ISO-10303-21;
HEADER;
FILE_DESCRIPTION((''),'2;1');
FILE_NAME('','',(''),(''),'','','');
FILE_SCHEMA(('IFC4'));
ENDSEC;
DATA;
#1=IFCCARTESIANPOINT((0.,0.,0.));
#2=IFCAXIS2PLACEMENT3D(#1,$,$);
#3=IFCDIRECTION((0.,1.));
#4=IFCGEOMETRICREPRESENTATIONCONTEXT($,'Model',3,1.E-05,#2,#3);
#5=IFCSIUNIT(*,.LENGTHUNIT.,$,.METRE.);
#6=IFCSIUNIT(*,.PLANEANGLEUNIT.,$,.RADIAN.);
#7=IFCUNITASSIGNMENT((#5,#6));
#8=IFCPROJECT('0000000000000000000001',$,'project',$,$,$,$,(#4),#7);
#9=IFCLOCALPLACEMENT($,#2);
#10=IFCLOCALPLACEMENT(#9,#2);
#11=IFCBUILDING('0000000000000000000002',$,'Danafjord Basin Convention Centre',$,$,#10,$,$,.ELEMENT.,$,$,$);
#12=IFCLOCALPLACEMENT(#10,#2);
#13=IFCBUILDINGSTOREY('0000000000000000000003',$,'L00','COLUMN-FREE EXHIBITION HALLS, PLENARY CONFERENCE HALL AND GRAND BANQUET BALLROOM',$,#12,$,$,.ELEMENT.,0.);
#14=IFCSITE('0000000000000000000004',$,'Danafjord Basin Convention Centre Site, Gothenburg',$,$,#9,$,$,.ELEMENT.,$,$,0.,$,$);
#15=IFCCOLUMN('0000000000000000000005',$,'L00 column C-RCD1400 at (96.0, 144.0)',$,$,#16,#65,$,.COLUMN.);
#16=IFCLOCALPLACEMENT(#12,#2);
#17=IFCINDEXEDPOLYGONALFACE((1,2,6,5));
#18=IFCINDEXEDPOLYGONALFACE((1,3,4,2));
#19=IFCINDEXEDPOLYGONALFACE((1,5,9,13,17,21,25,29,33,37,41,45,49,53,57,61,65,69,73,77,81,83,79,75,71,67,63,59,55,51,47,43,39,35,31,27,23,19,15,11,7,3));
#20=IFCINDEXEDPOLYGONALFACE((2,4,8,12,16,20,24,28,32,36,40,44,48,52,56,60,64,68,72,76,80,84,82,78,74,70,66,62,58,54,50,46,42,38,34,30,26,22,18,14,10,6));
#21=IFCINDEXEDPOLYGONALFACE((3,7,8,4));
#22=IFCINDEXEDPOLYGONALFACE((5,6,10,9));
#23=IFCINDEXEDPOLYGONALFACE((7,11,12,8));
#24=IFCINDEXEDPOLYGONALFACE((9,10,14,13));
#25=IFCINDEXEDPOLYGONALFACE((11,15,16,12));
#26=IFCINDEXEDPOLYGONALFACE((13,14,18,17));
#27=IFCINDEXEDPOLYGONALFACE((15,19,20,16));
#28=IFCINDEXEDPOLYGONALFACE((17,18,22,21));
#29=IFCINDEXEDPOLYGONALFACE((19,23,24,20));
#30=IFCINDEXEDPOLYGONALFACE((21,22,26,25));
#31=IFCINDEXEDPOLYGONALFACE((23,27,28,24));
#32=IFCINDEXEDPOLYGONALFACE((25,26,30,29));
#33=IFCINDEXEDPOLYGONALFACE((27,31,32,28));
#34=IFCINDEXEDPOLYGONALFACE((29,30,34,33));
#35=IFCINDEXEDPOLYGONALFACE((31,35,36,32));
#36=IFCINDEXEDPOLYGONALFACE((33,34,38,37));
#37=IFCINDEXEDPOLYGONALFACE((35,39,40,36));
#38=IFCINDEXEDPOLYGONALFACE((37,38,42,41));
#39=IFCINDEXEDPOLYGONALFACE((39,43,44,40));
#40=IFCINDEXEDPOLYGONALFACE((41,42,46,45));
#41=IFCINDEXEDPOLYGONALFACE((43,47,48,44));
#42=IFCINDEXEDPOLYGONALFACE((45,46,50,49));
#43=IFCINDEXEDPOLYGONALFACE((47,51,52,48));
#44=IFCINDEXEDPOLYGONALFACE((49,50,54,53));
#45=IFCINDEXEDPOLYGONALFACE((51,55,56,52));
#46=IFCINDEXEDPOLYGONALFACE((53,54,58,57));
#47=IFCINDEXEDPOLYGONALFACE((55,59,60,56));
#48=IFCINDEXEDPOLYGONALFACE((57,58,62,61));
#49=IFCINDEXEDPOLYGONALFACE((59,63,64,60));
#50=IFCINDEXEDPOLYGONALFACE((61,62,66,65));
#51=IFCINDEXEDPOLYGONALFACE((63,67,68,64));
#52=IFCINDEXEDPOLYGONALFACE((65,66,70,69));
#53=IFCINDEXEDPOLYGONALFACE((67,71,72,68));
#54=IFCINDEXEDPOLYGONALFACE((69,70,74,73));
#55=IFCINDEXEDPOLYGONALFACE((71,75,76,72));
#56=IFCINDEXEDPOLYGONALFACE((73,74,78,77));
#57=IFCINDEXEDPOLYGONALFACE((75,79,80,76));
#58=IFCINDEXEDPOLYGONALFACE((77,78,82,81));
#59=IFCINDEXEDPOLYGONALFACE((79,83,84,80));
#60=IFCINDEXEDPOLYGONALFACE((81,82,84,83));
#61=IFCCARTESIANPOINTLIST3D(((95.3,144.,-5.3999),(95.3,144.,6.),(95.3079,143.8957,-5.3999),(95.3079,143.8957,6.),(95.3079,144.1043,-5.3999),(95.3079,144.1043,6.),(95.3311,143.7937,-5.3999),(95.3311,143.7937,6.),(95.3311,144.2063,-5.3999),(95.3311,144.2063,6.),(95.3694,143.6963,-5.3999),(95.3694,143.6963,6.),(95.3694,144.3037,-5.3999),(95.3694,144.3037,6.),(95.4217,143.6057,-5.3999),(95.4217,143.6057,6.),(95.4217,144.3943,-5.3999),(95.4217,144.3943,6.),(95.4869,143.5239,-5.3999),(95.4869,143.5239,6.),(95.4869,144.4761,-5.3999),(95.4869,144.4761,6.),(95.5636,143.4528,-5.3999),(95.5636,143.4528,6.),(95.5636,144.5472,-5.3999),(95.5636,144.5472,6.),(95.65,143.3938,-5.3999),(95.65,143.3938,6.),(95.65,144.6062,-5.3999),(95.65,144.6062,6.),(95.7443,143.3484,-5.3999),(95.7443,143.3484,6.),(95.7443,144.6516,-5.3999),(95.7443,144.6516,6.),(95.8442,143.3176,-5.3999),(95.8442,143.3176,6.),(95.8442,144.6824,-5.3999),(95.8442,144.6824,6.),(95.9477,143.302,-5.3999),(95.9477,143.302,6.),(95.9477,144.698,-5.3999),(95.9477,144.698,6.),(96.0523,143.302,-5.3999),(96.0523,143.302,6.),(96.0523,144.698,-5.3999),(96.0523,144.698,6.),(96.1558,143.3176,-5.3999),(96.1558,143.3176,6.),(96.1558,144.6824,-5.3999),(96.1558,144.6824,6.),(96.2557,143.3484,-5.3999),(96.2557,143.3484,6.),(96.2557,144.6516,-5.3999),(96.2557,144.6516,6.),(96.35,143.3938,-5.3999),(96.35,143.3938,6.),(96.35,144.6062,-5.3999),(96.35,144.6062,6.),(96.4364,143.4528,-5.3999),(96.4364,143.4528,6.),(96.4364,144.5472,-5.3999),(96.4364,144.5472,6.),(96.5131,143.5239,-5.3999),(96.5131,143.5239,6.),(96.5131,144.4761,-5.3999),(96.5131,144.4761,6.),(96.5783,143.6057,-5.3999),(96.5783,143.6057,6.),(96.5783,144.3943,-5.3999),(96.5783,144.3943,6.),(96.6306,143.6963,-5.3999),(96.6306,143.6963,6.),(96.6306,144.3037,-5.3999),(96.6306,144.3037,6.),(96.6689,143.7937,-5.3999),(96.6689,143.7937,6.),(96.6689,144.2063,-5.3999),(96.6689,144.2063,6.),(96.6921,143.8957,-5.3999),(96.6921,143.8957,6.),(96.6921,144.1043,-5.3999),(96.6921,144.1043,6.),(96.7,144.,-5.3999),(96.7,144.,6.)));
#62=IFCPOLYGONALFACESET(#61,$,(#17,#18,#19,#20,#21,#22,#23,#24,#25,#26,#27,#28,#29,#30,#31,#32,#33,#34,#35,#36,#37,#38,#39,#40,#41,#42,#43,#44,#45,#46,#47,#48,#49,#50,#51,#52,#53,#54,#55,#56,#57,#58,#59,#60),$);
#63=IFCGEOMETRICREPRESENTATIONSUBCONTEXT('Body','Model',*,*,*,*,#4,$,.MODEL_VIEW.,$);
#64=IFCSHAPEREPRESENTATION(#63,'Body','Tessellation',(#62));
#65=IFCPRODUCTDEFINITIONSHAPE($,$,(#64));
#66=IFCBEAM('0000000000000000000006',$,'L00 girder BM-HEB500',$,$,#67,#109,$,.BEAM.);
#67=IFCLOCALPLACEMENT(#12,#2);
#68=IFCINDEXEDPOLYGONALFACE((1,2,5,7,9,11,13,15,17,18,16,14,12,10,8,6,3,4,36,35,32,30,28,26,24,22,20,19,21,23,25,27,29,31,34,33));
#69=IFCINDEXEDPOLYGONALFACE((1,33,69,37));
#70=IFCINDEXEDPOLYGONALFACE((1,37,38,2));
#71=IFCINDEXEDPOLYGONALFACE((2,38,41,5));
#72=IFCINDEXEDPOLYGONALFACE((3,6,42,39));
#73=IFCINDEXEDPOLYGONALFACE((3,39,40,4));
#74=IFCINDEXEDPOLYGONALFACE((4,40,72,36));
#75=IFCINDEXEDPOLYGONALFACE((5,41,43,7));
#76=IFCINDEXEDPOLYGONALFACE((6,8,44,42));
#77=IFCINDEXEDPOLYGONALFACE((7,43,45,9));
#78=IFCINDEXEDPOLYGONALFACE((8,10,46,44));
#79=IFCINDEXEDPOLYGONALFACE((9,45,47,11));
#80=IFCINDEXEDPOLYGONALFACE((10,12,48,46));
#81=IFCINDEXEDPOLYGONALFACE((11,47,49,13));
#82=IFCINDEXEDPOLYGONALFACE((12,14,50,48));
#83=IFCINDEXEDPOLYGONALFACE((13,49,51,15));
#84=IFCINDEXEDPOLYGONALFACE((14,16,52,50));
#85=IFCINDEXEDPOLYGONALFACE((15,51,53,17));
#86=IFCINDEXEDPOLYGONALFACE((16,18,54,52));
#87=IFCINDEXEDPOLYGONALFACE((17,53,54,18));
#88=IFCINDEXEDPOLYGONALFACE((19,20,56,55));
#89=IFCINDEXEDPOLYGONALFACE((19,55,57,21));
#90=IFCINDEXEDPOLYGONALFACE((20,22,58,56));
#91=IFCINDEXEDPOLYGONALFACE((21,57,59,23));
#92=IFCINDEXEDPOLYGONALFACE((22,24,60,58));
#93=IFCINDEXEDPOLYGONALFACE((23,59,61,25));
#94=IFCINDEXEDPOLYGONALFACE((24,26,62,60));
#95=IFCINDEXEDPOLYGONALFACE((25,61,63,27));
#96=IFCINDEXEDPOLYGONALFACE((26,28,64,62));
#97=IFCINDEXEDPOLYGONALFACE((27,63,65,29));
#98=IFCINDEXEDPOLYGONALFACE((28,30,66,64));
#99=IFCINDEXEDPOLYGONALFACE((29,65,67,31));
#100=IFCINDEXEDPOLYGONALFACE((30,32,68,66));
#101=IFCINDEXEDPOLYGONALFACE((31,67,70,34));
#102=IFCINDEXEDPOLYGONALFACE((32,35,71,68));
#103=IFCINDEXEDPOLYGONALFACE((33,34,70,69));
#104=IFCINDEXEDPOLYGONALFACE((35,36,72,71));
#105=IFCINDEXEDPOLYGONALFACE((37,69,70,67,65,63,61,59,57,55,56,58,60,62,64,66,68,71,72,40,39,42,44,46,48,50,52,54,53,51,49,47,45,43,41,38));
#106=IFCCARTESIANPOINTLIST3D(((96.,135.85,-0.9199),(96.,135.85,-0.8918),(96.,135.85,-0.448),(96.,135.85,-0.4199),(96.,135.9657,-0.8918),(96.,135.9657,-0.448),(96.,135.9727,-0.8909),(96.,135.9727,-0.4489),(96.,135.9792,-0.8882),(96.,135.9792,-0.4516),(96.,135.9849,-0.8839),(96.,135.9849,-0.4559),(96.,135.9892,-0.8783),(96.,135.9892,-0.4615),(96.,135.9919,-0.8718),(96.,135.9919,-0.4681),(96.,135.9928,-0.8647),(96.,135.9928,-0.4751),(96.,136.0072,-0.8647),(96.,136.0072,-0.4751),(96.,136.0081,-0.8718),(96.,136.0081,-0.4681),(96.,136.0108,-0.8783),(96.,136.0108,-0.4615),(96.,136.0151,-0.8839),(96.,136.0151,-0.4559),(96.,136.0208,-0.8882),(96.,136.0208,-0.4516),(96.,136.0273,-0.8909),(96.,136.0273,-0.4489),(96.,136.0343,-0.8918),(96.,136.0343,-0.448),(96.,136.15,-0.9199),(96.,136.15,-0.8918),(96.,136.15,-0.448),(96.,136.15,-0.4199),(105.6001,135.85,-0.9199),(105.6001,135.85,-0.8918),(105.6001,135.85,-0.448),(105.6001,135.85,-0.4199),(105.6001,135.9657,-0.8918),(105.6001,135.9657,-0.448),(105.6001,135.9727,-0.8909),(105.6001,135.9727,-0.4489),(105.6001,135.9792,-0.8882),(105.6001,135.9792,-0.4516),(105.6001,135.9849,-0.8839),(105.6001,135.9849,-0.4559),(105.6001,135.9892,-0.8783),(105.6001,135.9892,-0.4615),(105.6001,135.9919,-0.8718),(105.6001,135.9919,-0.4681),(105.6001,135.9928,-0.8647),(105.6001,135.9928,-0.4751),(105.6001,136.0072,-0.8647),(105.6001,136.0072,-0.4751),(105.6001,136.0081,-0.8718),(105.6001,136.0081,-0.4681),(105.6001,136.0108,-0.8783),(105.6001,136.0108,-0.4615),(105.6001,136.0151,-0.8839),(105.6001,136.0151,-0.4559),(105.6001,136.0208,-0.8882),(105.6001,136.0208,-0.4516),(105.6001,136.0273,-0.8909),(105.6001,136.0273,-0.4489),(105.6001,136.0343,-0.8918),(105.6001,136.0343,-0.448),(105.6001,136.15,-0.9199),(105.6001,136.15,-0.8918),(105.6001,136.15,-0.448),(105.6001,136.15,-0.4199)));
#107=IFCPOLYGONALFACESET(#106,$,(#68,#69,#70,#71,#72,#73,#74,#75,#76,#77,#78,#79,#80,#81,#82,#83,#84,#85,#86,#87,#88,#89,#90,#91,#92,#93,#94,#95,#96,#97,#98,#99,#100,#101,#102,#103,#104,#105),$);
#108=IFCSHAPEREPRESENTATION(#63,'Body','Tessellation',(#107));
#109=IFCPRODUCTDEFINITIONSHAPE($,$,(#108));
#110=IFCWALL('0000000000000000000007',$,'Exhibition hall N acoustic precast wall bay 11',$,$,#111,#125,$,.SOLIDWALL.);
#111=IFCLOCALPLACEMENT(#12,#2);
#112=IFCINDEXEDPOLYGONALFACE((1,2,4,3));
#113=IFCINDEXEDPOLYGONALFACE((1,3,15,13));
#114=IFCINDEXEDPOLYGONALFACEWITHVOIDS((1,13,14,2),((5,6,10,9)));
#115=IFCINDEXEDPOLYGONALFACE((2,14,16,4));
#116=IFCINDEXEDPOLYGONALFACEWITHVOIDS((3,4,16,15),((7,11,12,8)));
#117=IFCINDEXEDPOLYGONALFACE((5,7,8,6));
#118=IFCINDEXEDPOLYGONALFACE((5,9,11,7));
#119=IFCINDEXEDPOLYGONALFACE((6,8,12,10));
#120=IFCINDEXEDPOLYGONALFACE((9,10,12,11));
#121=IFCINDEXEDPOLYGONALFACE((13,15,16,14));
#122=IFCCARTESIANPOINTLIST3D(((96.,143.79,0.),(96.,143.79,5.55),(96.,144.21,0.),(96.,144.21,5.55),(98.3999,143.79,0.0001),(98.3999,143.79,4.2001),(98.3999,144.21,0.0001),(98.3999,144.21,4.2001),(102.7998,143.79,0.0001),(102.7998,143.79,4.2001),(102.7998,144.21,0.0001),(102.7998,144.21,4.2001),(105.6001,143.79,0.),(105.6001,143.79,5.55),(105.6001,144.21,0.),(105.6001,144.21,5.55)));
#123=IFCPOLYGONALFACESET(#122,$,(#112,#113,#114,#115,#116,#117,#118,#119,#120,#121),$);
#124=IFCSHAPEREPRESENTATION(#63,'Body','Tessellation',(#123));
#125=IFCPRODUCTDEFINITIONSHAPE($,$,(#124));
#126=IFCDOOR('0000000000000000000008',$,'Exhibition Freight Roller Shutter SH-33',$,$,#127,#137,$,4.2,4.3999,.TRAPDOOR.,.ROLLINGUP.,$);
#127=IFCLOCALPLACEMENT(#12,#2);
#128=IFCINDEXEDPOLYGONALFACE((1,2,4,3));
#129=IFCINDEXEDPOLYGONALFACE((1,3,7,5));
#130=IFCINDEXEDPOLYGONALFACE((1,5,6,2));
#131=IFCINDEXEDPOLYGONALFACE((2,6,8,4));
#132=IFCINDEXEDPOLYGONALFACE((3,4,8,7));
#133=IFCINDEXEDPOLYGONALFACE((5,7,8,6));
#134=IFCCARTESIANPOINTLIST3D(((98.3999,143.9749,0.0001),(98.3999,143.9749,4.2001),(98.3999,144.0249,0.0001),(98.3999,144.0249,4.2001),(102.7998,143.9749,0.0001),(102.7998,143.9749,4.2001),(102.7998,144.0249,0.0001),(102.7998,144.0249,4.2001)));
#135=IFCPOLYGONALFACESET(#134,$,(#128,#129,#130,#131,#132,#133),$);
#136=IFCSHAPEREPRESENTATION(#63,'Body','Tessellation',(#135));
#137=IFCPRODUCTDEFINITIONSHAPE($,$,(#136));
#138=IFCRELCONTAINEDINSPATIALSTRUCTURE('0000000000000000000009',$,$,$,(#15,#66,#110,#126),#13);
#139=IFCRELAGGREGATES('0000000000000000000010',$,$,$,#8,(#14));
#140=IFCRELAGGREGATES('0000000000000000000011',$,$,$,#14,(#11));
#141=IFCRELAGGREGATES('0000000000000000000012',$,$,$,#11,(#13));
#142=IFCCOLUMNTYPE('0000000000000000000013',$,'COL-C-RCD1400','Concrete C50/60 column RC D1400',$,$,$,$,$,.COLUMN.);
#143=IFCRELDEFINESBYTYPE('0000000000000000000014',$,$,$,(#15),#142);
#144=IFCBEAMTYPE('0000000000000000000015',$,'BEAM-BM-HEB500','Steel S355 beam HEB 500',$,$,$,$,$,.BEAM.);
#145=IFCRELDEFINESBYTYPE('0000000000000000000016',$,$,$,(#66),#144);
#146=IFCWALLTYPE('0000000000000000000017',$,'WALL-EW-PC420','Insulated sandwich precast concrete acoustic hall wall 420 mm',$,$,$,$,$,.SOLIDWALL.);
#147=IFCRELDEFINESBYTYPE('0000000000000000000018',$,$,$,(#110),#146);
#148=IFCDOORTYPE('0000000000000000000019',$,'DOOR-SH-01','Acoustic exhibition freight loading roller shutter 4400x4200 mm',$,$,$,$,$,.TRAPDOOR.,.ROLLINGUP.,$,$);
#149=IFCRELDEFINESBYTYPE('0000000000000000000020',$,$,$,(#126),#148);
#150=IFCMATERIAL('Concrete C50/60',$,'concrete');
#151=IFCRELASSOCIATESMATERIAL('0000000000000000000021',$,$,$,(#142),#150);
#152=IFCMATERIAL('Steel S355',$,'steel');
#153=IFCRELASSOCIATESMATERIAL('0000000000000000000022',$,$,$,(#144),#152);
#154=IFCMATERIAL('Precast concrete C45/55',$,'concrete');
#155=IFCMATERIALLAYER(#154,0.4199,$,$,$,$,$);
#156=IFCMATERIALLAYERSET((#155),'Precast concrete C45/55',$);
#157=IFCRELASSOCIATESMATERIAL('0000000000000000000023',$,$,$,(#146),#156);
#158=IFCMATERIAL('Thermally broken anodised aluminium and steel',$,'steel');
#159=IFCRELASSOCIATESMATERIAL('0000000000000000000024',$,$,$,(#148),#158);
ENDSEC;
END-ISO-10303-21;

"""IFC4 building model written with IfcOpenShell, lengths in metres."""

from ifc_helpers import new_model, si_unit, direction, frame, frame_2d, origin, origin_2d, place, context, subcontext, project, spatial, rectangle, circle, i_section, extrude, material, layer, layer_set, material_profile, profile_set, type_object, element, fill, save


model = new_model("IFC4")

# Units and contexts
model_context = context("Model", 3, precision=1e-05, world=origin(), true_north=direction((0.0, 1.0)))
body_context = subcontext(model_context, "Body", "Model", "MODEL_VIEW")
ifc_project = project(units=[si_unit("LENGTHUNIT", "METRE"), si_unit("PLANEANGLEUNIT", "RADIAN")], contexts=[model_context])

# Site, building, storey
site_placement = place(None, origin())
site = spatial("IfcSite", under=ifc_project, at=site_placement, Name="Danafjord Basin Convention Centre Site, Gothenburg", CompositionType="ELEMENT", RefElevation=0.0)
building_placement = place(site_placement, origin())
building = spatial("IfcBuilding", under=site, at=building_placement, Name="Danafjord Basin Convention Centre", CompositionType="ELEMENT")
storey_placement = place(building_placement, origin())
storey = spatial("IfcBuildingStorey", under=building, at=storey_placement, Name="L00", Description="COLUMN-FREE EXHIBITION HALLS, PLENARY CONFERENCE HALL AND GRAND BANQUET BALLROOM", CompositionType="ELEMENT", Elevation=0.0)

# Column
ifc_material_1 = material(Name="Steel S355", Category="steel")
ifc_material_2 = material(Name="Concrete C50/60", Category="concrete")
ifc_material_profile_1 = material_profile(ifc_material_2, circle(Radius=0.7, at=origin_2d()), Name="RC D1400")
ifc_profile_set_1 = profile_set([ifc_material_profile_1], Name="Concrete C50/60")
column_type_1 = type_object("IfcColumnType", Name="COL-C-RCD1400", Description="Concrete C50/60 column RC D1400", PredefinedType="COLUMN", material=ifc_profile_set_1)
column_1_placement = place(storey_placement, frame((96.0, 144.0, -5.3999), z_axis=(0.0, 0.0, 1.0), x_axis=(1.0, 0.0, 0.0)))
element("IfcColumn", 1, at=column_1_placement, inside=storey, type_object=column_type_1, Name="L00 column C-RCD1400 at (96.0, 144.0)", PredefinedType="COLUMN", context=body_context, shape_type="SweptSolid", body=[
    extrude(circle(Radius=0.7, at=origin_2d()), origin(), (0.0, 0.0, 1.0), 11.3999),
])

# Beam
ifc_material_profile_2 = material_profile(ifc_material_1, i_section(OverallWidth=0.3, OverallDepth=0.5, WebThickness=0.0144, FlangeThickness=0.0281, FilletRadius=0.0271, at=origin_2d()), Name="HEB 500")
ifc_profile_set_2 = profile_set([ifc_material_profile_2], Name="Steel S355")
beam_type = type_object("IfcBeamType", Name="BEAM-BM-HEB500", Description="Steel S355 beam HEB 500", PredefinedType="BEAM", material=ifc_profile_set_2)
beam_placement = place(storey_placement, frame((96.0, 136.0, -0.6699), z_axis=(1.0, 0.0, 0.0), x_axis=(0.0, 1.0, 0.0)))
element("IfcBeam", 2, at=beam_placement, inside=storey, type_object=beam_type, Name="L00 girder BM-HEB500", PredefinedType="BEAM", context=body_context, shape_type="SweptSolid", body=[
    extrude(i_section(OverallWidth=0.3, OverallDepth=0.5, WebThickness=0.0144, FlangeThickness=0.0281, FilletRadius=0.0271, at=origin_2d()), origin(), (0.0, 0.0, 1.0), 9.6001),
])

# Wall, opening, door
ifc_material_3 = material(Name="Precast concrete C45/55", Category="concrete")
ifc_layer = layer(ifc_material_3, 0.4199)
ifc_layer_set = layer_set([ifc_layer], Name="Precast concrete C45/55")
wall_type = type_object("IfcWallType", Name="WALL-EW-PC420", Description="Insulated sandwich precast concrete acoustic hall wall 420 mm", PredefinedType="SOLIDWALL", material=ifc_layer_set)
wall_placement = place(storey_placement, frame((96.0, 144.0, 0.0), z_axis=(0.0, 0.0, 1.0), x_axis=(1.0, 0.0, 0.0)))
wall = element("IfcWall", 3, at=wall_placement, inside=storey, type_object=wall_type, Name="Exhibition hall N acoustic precast wall bay 11", PredefinedType="SOLIDWALL", context=body_context, shape_type="SweptSolid", body=[
    extrude(rectangle(XDim=9.6001, YDim=0.4199, at=frame_2d((4.8, 0.0))), origin(), (0.0, 0.0, 1.0), 5.55),
])
opening_placement = place(wall_placement, frame((2.3999, 0.0, 0.0)))
opening = element("IfcOpeningElement", 4, at=opening_placement, cuts=wall, PredefinedType="OPENING", context=body_context, shape_type="SweptSolid", body=[
    extrude(rectangle(XDim=4.3999, YDim=4.2, at=frame_2d((2.2, 2.1001))), frame((0.0, 0.22, 0.0), z_axis=(0.0, -1.0, 0.0), x_axis=(1.0, 0.0, 0.0)), (0.0, 0.0, 1.0), 0.4399),
])
ifc_material_4 = material(Name="Thermally broken anodised aluminium and steel", Category="steel")
door_type = type_object("IfcDoorType", Name="DOOR-SH-01", Description="Acoustic exhibition freight loading roller shutter 4400x4200 mm", OperationType="ROLLINGUP", PredefinedType="TRAPDOOR", material=ifc_material_4)
door_placement = place(opening_placement, origin())
door = element("IfcDoor", 5, at=door_placement, inside=storey, type_object=door_type, Name="Exhibition Freight Roller Shutter SH-33", OperationType="ROLLINGUP", OverallHeight=4.2, OverallWidth=4.3999, PredefinedType="TRAPDOOR", context=body_context, shape_type="SweptSolid", body=[
    extrude(rectangle(XDim=4.3999, YDim=4.2, at=frame_2d((2.2, 2.1001))), frame((0.0, 0.0249, 0.0), z_axis=(0.0, -1.0, 0.0), x_axis=(1.0, 0.0, 0.0)), (0.0, 0.0, 1.0), 0.05),
])
fill(opening, door)

save(model, "model.ifc")
